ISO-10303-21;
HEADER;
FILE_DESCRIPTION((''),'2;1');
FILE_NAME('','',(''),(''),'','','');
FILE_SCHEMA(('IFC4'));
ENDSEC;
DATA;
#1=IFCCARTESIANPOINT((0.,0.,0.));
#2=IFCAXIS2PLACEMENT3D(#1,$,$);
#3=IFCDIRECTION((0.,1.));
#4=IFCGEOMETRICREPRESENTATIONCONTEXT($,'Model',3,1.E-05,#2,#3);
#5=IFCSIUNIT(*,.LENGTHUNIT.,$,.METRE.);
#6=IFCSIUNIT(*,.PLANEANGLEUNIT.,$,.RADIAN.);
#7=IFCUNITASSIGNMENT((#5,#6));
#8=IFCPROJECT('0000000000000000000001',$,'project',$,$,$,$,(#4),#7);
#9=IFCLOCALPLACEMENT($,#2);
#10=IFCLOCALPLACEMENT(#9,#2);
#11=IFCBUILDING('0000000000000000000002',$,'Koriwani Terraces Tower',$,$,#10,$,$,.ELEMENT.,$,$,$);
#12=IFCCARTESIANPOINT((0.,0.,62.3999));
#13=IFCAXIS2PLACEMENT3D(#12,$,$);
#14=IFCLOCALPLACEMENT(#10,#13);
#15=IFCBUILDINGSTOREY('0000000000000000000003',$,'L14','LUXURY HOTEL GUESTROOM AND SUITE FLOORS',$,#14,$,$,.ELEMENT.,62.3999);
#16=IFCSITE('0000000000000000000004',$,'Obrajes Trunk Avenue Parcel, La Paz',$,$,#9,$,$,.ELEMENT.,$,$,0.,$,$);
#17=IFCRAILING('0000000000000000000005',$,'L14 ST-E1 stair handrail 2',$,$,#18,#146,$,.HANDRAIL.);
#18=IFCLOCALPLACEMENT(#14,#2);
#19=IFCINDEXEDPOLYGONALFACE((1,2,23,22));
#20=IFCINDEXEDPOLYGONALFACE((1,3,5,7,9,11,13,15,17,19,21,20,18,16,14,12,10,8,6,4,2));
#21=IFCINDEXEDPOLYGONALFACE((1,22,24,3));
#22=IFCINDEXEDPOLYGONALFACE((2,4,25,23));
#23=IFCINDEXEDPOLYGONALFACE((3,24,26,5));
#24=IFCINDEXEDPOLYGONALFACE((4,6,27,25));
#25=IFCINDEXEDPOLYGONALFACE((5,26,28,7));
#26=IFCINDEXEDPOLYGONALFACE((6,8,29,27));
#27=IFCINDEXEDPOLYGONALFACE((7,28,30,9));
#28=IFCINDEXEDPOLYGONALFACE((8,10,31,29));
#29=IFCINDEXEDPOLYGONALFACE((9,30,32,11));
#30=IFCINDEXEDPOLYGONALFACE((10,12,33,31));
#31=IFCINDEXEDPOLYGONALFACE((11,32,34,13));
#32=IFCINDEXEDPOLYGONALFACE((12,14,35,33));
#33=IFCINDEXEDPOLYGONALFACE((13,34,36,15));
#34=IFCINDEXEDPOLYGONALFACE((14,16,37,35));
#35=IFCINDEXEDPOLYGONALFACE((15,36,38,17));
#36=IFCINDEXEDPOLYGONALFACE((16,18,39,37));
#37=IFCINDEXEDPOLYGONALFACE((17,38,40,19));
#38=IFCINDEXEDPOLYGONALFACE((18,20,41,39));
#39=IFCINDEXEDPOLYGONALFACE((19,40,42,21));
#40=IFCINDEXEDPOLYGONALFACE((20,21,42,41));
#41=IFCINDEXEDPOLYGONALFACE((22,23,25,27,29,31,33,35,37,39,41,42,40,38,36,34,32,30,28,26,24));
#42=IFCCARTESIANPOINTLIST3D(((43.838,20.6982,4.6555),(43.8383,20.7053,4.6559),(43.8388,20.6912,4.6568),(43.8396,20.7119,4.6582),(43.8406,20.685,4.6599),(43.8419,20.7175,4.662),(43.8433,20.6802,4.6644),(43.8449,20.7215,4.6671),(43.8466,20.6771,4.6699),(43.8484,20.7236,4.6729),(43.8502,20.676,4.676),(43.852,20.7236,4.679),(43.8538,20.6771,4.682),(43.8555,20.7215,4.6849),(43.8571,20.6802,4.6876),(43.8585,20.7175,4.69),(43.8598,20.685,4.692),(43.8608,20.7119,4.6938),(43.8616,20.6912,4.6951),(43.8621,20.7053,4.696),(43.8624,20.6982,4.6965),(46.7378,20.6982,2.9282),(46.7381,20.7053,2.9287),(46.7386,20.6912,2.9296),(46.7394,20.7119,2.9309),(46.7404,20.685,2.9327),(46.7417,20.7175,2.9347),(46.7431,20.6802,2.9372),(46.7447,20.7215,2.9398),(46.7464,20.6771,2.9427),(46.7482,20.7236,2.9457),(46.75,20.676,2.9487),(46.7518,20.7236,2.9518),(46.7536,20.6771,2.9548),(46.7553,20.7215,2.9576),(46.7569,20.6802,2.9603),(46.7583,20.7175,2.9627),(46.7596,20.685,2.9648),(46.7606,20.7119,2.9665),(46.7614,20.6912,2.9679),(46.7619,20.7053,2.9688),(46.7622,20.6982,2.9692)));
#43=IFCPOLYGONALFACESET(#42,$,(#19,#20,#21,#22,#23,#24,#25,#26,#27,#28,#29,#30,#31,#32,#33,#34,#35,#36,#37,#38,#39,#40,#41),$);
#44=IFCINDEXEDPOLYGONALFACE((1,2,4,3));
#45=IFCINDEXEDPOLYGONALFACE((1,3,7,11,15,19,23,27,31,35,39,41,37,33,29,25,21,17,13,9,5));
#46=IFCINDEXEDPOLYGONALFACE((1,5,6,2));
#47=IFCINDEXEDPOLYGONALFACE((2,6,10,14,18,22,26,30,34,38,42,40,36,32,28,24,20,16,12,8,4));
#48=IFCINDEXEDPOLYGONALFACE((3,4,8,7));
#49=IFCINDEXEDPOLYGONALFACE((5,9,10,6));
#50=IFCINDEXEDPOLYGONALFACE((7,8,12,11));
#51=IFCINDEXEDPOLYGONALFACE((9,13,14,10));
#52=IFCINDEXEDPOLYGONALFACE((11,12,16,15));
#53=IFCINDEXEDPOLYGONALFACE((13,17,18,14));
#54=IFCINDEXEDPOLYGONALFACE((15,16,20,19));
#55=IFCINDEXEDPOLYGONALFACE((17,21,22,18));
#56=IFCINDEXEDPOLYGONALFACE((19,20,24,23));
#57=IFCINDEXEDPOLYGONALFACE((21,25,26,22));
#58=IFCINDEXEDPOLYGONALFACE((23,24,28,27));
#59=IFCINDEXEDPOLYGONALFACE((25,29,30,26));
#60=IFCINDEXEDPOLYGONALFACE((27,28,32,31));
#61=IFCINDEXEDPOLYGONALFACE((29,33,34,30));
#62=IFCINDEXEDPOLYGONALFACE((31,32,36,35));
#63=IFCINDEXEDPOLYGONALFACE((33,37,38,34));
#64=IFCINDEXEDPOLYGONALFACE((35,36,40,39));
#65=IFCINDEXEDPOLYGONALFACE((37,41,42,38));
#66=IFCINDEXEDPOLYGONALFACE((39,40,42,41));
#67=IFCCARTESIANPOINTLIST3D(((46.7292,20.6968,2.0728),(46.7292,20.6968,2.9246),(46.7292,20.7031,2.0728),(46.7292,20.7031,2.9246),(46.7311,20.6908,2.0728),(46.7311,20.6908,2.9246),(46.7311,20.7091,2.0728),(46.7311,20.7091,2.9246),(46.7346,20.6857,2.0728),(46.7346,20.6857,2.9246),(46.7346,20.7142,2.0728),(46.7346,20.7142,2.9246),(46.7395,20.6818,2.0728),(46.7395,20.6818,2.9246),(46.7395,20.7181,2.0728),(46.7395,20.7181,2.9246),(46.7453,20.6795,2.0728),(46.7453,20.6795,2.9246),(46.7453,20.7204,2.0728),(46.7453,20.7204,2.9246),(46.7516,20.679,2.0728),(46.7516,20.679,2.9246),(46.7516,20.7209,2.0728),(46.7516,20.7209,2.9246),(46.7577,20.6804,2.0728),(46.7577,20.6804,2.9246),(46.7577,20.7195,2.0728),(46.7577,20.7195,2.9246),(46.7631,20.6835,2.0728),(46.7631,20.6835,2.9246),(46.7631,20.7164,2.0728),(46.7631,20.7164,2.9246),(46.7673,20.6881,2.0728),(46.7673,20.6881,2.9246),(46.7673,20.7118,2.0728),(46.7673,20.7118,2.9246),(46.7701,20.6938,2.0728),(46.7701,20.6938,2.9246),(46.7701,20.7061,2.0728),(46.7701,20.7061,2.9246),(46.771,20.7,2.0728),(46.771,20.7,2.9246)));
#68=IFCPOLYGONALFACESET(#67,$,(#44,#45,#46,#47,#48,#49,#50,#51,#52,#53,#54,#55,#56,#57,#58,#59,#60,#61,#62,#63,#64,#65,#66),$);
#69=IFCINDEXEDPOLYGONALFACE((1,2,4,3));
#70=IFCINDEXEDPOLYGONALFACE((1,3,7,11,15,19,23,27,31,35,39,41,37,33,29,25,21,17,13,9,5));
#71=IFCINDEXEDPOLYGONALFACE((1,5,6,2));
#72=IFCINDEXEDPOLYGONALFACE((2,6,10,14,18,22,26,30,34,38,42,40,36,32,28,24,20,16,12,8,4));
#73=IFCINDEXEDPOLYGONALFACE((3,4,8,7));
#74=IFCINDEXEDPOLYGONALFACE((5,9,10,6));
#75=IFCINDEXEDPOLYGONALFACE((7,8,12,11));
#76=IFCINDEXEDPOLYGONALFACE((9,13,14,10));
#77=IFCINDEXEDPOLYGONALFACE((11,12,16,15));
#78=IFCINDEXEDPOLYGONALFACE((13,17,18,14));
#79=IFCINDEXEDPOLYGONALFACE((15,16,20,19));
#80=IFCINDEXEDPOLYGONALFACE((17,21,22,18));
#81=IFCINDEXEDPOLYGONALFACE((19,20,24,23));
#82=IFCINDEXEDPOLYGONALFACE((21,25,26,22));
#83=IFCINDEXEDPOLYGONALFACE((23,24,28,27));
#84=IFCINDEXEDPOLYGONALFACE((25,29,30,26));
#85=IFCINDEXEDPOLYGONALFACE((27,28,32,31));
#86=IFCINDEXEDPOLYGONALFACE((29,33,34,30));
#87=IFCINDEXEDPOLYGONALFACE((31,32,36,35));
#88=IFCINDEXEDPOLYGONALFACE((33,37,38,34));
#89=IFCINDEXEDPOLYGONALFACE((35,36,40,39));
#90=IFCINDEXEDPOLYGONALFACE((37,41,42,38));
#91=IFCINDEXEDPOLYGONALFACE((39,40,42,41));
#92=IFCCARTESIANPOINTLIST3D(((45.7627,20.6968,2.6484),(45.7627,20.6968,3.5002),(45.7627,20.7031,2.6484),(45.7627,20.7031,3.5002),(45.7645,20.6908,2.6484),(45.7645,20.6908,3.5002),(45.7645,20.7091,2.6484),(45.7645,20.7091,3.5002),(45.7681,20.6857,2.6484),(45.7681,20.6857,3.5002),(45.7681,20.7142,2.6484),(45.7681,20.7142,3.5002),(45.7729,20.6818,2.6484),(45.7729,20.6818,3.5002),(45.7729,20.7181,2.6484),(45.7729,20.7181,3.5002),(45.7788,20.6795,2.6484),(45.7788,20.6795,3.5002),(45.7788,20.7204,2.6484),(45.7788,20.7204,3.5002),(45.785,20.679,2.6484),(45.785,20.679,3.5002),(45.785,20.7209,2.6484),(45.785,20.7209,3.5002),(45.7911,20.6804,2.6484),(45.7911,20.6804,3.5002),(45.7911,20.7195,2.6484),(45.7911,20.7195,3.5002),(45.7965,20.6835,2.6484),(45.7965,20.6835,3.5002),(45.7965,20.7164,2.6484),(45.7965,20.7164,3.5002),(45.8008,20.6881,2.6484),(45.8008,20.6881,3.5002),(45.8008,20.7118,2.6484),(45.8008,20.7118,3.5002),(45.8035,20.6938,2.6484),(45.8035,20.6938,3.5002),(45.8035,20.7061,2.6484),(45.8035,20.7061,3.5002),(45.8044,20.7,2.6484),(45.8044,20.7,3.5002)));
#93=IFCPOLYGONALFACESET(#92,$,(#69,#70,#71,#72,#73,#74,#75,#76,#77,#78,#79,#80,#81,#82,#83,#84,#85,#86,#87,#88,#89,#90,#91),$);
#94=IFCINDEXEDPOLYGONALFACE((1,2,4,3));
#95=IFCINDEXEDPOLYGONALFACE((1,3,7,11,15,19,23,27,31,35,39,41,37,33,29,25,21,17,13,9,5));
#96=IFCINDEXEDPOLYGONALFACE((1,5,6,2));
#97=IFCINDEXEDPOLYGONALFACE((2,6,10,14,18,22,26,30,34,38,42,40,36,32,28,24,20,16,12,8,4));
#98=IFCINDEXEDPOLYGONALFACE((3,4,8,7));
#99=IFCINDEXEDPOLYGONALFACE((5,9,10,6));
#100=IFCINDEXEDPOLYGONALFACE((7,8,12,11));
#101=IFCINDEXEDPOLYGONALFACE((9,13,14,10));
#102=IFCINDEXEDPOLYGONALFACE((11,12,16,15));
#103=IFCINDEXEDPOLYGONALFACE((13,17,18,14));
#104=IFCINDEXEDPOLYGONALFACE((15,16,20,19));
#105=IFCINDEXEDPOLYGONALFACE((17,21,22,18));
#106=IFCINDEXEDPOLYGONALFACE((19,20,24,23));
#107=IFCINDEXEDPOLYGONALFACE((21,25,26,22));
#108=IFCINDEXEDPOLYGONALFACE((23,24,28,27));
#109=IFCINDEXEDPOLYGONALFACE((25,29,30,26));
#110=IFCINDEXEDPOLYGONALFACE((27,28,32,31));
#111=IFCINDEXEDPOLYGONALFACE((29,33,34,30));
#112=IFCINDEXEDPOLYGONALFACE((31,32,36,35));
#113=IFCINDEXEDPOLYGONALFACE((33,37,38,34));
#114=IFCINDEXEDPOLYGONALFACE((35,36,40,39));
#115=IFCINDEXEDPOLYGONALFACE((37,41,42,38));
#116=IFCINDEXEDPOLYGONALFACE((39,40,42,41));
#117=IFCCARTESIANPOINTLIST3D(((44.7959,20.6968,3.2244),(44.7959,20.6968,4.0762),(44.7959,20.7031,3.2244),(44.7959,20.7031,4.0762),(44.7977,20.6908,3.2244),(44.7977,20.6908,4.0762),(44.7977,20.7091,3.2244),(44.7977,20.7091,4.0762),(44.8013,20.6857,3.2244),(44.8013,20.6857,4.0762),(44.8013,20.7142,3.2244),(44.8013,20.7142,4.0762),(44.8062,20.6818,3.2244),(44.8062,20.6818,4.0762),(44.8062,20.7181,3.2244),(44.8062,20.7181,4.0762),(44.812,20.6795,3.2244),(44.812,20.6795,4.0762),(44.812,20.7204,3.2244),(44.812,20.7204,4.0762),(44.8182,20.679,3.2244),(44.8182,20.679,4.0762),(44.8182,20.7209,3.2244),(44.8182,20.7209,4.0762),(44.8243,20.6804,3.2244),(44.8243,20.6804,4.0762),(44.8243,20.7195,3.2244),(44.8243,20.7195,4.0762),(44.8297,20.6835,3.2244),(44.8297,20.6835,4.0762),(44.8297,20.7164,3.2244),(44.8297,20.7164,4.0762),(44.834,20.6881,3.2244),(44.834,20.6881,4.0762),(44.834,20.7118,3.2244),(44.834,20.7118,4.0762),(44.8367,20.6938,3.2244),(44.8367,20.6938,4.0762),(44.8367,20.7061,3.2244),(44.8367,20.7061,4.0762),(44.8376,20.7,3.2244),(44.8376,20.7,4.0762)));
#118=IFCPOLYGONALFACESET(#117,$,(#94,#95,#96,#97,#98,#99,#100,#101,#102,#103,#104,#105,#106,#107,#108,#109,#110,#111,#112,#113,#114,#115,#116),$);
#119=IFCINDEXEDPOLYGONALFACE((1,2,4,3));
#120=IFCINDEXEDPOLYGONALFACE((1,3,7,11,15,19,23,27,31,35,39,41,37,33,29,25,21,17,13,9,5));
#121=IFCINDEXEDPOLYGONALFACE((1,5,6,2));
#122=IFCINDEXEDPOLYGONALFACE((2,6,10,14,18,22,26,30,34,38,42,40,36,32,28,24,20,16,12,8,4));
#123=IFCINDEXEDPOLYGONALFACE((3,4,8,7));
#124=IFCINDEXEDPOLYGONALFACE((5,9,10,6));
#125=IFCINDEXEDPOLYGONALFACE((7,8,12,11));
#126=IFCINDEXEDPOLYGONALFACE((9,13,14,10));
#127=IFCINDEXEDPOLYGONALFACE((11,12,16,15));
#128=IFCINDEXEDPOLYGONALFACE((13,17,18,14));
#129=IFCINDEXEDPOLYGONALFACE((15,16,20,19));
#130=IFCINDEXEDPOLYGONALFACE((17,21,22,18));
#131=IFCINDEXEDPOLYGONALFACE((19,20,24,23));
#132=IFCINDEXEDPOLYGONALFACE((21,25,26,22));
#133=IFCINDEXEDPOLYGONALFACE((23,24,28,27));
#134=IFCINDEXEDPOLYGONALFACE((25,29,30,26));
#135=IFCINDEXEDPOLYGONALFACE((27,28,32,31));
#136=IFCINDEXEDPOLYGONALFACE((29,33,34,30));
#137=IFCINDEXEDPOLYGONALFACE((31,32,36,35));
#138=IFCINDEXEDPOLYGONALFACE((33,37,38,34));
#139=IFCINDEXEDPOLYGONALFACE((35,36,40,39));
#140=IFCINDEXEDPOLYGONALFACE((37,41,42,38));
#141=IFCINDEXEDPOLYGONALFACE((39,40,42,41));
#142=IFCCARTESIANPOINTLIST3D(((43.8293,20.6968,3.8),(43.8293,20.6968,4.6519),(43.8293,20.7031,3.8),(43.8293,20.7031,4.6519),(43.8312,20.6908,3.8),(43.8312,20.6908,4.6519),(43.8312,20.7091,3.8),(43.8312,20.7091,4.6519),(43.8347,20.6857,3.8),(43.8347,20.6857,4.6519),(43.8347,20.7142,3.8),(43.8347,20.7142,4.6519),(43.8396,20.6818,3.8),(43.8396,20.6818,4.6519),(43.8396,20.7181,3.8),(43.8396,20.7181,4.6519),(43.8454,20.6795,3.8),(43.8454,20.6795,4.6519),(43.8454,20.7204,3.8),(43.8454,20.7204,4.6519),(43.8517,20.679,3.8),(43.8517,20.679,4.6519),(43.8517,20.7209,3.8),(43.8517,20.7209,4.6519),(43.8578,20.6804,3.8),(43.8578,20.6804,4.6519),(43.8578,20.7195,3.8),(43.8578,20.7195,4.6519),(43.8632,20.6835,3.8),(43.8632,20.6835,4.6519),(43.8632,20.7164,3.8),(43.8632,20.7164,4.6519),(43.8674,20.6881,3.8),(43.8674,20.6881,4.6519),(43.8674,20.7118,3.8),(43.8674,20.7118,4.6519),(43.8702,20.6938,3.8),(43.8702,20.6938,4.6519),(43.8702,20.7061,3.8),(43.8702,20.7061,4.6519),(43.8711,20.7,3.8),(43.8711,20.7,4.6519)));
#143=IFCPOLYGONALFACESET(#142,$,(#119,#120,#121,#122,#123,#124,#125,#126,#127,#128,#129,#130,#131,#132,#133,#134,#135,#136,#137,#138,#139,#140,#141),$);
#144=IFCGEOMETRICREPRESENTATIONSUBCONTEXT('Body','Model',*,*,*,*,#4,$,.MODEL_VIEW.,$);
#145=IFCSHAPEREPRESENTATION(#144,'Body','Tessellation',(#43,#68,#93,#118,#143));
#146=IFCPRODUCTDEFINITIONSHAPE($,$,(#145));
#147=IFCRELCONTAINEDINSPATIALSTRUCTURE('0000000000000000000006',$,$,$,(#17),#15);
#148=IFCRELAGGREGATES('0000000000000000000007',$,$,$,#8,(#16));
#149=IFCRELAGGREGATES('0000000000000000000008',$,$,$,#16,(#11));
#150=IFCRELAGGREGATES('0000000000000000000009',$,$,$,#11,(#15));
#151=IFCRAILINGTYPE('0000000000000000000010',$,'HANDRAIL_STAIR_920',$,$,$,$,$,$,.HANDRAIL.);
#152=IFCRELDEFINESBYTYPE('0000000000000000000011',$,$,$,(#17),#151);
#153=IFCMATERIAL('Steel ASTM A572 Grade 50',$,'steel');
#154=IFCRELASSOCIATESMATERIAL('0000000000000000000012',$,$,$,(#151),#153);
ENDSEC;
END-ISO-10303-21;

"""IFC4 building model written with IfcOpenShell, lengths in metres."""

from ifc_helpers import new_model, si_unit, direction, frame, origin, origin_2d, place, context, subcontext, project, spatial, circle, extrude, material, type_object, element, save


model = new_model("IFC4")

# Units and contexts
model_context = context("Model", 3, precision=1e-05, world=origin(), true_north=direction((0.0, 1.0)))
body_context = subcontext(model_context, "Body", "Model", "MODEL_VIEW")
ifc_project = project(units=[si_unit("LENGTHUNIT", "METRE"), si_unit("PLANEANGLEUNIT", "RADIAN")], contexts=[model_context])

# Site, building, storey
site_placement = place(None, origin())
site = spatial("IfcSite", under=ifc_project, at=site_placement, Name="Obrajes Trunk Avenue Parcel, La Paz", CompositionType="ELEMENT", RefElevation=0.0)
building_placement = place(site_placement, origin())
building = spatial("IfcBuilding", under=site, at=building_placement, Name="Koriwani Terraces Tower", CompositionType="ELEMENT")
storey_placement = place(building_placement, frame((0.0, 0.0, 62.3999)))
storey = spatial("IfcBuildingStorey", under=building, at=storey_placement, Name="L14", Description="LUXURY HOTEL GUESTROOM AND SUITE FLOORS", CompositionType="ELEMENT", Elevation=62.3999)

# Shared definitions
ifc_material_1 = material(Name="Steel ASTM A572 Grade 50", Category="steel")

# Railing
railing_type_1 = type_object("IfcRailingType", Name="HANDRAIL_STAIR_920", PredefinedType="HANDRAIL", material=ifc_material_1)
for number, where, name in (
    (1, (46.75, 20.7, 2.0728), "L14 ST-E1 stair handrail 2"),
):
    element("IfcRailing", number, at=place(storey_placement, frame(where)), inside=storey, type_object=railing_type_1, Name=name, PredefinedType="HANDRAIL", context=body_context, shape_type="SweptSolid", body=[
        extrude(circle(Radius=0.0239, at=origin_2d()), frame((0.0, 0.0, 0.876), z_axis=(-0.859141, 0.0, 0.511738), x_axis=(0.0, -1.0, 0.0)), (0.0, 0.0, 1.0), 3.3752),
        extrude(circle(Radius=0.021, at=origin_2d()), origin(), (0.0, 0.0, 1.0), 0.8518),
        extrude(circle(Radius=0.021, at=origin_2d()), frame((-0.9666, 0.0, 0.5757)), (0.0, 0.0, 1.0), 0.8518),
        extrude(circle(Radius=0.021, at=origin_2d()), frame((-1.9333, 0.0, 1.1516)), (0.0, 0.0, 1.0), 0.8518),
        extrude(circle(Radius=0.021, at=origin_2d()), frame((-2.8999, 0.0, 1.7273)), (0.0, 0.0, 1.0), 0.8518),
    ])

save(model, "model.ifc")
